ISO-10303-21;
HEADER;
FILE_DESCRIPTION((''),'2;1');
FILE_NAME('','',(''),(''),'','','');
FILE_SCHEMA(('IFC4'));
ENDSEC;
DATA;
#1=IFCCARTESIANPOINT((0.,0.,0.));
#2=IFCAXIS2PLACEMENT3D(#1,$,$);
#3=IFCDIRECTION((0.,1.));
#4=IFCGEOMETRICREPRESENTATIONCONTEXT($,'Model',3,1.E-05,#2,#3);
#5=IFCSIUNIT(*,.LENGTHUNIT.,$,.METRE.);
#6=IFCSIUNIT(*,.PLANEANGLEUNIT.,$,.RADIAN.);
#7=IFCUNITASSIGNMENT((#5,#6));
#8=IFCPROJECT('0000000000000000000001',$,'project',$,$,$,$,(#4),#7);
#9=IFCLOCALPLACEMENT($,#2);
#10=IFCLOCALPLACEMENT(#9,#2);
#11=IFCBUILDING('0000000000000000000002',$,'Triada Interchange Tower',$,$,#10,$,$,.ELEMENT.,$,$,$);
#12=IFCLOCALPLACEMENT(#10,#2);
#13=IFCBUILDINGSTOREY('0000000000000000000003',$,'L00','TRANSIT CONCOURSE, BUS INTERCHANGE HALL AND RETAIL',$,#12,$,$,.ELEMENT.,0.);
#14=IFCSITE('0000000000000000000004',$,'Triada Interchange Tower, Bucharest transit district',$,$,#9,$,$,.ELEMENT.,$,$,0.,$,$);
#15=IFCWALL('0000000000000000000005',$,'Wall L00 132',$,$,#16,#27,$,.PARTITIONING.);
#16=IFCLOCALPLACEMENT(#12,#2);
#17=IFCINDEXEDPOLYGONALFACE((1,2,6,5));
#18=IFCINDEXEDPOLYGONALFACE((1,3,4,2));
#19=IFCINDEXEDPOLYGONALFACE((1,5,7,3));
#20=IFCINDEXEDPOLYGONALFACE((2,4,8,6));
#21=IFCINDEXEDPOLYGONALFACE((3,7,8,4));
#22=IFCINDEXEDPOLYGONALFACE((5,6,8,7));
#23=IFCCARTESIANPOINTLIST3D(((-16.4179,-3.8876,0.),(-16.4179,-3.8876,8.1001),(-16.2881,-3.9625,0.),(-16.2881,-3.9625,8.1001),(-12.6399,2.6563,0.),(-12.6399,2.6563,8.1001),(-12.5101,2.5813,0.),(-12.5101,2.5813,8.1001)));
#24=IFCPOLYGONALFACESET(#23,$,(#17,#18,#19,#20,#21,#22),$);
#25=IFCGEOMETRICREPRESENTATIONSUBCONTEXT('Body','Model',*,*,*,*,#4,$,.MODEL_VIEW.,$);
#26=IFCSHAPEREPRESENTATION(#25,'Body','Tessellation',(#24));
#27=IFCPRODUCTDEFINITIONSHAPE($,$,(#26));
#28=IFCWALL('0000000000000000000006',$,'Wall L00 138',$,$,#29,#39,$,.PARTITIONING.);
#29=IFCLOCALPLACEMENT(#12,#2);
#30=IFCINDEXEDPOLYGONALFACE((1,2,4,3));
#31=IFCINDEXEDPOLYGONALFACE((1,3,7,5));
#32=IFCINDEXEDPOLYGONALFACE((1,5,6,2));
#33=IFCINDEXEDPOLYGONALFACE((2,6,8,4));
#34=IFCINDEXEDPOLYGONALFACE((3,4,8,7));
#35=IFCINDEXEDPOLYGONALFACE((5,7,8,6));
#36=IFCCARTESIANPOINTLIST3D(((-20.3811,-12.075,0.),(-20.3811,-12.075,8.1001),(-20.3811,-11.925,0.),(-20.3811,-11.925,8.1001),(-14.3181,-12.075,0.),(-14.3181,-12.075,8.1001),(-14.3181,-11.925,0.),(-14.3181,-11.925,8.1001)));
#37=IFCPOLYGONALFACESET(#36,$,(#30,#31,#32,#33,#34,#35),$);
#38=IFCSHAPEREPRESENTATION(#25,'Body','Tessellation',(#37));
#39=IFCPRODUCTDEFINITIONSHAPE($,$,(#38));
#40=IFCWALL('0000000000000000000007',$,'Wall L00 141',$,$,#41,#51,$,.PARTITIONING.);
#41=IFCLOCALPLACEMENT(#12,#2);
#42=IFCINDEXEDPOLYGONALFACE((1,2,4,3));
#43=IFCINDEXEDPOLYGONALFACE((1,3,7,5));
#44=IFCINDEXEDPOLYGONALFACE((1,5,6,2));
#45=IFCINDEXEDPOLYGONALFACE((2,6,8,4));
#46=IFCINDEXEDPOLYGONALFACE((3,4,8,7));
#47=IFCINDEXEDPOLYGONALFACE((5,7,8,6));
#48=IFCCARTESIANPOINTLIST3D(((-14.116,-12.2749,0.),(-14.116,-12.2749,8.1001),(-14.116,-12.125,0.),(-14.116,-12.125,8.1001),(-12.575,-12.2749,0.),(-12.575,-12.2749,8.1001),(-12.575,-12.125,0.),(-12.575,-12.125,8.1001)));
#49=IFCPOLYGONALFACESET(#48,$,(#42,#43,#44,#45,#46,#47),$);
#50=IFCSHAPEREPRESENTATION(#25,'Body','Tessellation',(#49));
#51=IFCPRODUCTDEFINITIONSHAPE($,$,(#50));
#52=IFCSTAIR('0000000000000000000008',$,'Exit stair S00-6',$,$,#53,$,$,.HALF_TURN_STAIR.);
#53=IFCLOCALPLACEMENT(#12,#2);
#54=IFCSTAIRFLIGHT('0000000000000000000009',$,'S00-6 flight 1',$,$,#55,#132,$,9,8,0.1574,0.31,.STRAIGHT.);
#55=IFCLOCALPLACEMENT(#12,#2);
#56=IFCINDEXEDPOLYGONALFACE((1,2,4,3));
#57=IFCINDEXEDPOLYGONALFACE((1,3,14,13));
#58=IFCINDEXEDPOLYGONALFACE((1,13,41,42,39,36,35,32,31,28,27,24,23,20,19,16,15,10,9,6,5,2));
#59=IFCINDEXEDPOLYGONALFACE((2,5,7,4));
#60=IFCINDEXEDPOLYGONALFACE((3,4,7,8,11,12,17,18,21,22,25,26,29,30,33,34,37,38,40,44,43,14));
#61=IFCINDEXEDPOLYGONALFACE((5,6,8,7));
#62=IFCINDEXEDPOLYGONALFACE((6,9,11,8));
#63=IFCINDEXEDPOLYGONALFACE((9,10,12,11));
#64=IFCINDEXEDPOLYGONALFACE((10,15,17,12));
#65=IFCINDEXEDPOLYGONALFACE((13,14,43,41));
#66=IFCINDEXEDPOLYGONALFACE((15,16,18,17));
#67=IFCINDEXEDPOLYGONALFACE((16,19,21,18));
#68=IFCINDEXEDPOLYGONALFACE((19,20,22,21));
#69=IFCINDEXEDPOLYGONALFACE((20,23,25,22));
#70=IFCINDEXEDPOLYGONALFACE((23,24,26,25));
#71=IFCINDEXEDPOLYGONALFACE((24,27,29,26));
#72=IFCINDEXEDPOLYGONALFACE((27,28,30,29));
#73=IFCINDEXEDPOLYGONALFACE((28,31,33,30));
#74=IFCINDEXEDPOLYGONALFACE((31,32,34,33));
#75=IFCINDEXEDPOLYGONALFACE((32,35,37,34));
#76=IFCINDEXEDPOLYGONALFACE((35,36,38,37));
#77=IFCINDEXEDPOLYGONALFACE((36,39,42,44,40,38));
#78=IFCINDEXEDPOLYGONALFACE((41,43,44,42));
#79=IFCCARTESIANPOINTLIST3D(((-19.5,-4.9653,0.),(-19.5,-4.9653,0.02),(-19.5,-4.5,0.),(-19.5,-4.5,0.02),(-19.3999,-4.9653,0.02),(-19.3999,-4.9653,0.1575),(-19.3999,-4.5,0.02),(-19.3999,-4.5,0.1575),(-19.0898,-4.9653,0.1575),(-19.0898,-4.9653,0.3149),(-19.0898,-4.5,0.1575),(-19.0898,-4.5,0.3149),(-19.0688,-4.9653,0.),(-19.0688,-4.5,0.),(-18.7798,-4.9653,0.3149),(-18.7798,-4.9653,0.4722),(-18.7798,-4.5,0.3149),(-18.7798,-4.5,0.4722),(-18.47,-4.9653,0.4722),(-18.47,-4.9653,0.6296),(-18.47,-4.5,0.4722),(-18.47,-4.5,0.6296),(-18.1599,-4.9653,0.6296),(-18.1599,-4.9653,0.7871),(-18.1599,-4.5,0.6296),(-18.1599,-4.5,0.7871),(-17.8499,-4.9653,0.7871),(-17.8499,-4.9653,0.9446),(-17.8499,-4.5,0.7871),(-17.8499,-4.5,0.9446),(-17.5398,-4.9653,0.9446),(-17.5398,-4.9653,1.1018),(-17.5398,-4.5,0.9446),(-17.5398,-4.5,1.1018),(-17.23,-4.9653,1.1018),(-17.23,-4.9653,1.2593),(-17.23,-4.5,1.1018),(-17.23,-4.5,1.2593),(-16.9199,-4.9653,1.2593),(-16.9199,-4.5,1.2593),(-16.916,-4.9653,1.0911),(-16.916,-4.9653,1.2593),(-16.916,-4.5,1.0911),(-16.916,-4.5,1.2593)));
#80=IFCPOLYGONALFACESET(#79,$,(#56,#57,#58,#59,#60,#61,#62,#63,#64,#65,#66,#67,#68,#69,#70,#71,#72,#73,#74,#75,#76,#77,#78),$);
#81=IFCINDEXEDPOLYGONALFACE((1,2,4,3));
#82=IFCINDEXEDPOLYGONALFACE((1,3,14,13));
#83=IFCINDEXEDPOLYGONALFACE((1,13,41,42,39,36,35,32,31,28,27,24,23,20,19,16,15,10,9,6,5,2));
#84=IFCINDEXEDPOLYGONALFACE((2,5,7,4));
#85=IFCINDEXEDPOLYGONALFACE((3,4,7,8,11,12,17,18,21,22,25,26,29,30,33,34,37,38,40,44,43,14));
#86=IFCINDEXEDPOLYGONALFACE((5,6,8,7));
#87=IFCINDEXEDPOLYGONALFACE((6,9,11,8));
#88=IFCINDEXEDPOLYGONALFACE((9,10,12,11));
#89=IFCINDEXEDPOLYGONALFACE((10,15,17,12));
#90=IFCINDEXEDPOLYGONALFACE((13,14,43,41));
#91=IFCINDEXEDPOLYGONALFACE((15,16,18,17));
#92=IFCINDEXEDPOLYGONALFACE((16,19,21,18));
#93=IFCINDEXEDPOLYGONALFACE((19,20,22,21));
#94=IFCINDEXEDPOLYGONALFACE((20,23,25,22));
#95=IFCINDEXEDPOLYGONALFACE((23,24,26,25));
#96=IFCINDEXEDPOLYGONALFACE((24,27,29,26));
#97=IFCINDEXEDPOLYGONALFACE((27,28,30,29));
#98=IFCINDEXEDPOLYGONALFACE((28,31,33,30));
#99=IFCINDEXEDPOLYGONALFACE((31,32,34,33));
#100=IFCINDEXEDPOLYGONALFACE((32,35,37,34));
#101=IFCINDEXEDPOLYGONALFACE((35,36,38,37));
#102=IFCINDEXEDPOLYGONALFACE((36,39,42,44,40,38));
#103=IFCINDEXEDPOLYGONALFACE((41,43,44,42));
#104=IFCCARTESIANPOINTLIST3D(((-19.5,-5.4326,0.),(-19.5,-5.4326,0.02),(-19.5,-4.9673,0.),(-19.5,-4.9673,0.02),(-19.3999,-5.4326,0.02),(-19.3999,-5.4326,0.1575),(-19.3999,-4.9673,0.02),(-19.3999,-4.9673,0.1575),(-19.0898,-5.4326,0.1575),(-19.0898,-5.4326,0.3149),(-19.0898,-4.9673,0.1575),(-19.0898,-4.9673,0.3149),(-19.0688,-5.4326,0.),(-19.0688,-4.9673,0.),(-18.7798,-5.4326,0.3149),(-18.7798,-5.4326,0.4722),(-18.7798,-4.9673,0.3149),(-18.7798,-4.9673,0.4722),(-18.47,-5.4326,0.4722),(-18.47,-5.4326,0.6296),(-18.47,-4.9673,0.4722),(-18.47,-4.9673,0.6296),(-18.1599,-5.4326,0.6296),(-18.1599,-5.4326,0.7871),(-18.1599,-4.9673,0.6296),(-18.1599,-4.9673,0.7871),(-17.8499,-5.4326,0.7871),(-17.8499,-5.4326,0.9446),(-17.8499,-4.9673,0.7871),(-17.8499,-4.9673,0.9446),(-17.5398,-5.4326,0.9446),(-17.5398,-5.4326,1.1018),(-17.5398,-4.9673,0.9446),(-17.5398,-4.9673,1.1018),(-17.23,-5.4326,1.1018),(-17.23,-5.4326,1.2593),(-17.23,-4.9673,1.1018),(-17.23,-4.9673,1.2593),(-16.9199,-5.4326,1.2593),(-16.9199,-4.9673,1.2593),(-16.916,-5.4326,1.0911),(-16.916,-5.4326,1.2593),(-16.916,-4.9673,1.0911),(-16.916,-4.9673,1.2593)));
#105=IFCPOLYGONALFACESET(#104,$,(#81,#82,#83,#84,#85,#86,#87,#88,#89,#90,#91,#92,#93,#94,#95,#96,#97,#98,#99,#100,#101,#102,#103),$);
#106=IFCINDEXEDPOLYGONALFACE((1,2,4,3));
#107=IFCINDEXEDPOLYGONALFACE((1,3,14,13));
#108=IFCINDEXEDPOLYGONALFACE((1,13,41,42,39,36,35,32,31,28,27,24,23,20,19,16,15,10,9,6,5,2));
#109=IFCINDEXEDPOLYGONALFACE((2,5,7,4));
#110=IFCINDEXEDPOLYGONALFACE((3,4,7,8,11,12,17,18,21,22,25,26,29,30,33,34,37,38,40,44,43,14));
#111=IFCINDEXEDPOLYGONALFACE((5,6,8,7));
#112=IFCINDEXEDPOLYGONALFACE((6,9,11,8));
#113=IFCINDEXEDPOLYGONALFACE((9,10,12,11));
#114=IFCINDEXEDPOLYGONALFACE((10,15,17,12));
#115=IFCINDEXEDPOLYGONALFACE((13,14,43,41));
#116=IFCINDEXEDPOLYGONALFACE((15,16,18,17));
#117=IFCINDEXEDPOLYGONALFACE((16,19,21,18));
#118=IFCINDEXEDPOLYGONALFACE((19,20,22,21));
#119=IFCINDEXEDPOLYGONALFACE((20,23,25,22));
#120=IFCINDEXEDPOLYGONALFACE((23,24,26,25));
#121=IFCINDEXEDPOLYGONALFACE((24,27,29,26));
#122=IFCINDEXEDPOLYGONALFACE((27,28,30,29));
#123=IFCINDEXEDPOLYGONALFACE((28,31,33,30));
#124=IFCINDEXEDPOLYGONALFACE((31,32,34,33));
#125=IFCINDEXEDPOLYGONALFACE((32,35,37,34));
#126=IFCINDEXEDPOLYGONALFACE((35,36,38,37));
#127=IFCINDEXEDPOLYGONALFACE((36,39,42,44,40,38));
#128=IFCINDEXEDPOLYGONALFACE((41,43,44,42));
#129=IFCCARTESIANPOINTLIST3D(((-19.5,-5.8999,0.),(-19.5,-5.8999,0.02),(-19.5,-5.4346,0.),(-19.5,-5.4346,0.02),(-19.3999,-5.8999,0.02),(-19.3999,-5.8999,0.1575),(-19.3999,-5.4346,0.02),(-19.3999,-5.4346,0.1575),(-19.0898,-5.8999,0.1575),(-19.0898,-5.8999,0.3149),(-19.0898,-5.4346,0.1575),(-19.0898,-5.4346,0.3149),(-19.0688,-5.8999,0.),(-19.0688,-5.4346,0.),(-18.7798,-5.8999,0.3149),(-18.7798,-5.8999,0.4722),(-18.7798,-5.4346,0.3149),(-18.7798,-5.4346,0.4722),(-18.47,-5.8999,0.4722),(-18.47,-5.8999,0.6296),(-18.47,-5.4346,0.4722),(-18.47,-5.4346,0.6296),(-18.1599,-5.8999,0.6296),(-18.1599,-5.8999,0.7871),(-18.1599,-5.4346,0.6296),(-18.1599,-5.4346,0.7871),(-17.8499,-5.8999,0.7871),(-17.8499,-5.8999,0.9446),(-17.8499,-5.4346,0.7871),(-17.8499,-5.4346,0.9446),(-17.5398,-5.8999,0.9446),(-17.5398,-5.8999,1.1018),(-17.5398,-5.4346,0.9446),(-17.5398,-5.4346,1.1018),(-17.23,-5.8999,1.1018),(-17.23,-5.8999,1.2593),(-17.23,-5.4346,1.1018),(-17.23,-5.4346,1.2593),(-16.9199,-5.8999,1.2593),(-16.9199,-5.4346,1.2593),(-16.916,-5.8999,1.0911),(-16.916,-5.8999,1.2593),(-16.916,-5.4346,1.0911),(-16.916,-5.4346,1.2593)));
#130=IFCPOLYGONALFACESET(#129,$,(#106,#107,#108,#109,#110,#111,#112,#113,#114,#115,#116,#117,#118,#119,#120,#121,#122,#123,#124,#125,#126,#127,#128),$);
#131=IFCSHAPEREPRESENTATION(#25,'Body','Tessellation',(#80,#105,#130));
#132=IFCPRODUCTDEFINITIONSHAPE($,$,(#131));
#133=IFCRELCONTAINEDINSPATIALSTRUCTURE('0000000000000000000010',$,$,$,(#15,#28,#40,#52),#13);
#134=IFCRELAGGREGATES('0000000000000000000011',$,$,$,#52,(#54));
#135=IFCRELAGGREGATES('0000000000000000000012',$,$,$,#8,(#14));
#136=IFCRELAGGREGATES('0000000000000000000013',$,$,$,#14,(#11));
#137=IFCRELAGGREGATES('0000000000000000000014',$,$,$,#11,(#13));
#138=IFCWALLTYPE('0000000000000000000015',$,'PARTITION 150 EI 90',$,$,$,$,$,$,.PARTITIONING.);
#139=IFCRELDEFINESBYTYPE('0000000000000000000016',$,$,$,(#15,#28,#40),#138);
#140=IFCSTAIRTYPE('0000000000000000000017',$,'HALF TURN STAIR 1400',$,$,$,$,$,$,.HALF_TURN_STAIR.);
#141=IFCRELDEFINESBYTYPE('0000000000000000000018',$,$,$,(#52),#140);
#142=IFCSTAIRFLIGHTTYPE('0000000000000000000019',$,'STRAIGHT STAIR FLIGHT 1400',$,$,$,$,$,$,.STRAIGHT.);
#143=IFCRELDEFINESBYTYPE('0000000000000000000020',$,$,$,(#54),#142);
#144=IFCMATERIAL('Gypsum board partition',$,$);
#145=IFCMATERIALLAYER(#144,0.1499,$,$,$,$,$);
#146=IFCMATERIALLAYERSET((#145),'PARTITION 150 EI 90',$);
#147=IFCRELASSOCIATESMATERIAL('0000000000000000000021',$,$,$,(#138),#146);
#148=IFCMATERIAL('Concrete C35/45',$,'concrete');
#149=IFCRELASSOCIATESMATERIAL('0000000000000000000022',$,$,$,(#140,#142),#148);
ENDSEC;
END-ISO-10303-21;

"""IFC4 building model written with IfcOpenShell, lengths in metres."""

from ifc_helpers import new_model, si_unit, direction, frame, frame_2d, origin, place, context, subcontext, project, spatial, polyline, rectangle, outline, extrude, material, layer, layer_set, type_object, element, aggregate, save


model = new_model("IFC4")

# Units and contexts
model_context = context("Model", 3, precision=1e-05, world=origin(), true_north=direction((0.0, 1.0)))
body_context = subcontext(model_context, "Body", "Model", "MODEL_VIEW")
ifc_project = project(units=[si_unit("LENGTHUNIT", "METRE"), si_unit("PLANEANGLEUNIT", "RADIAN")], contexts=[model_context])

# Site, building, storey
site_placement = place(None, origin())
site = spatial("IfcSite", under=ifc_project, at=site_placement, Name="Triada Interchange Tower, Bucharest transit district", CompositionType="ELEMENT", RefElevation=0.0)
building_placement = place(site_placement, origin())
building = spatial("IfcBuilding", under=site, at=building_placement, Name="Triada Interchange Tower", CompositionType="ELEMENT")
storey_placement = place(building_placement, origin())
storey = spatial("IfcBuildingStorey", under=building, at=storey_placement, Name="L00", Description="TRANSIT CONCOURSE, BUS INTERCHANGE HALL AND RETAIL", CompositionType="ELEMENT", Elevation=0.0)

# Shared definitions
ifc_material_1 = material(Name="Concrete C35/45", Category="concrete")

# Walls
ifc_material_2 = material(Name="Gypsum board partition")
ifc_layer_1 = layer(ifc_material_2, 0.1499)
ifc_layer_set_1 = layer_set([ifc_layer_1], Name="PARTITION 150 EI 90")
wall_type_1 = type_object("IfcWallType", Name="PARTITION 150 EI 90", PredefinedType="PARTITIONING", material=ifc_layer_set_1)
wall_1_placement = place(storey_placement, frame((-16.353, -3.925, 0.0), z_axis=(0.0, 0.0, 1.0), x_axis=(0.499993, 0.86603, 0.0)))
element("IfcWall", 1, at=wall_1_placement, inside=storey, type_object=wall_type_1, Name="Wall L00 132", PredefinedType="PARTITIONING", context=body_context, shape_type="SweptSolid", body=[
    extrude(rectangle(XDim=7.5562, YDim=0.1499, at=frame_2d((3.7781, 0.0))), origin(), (0.0, 0.0, 1.0), 8.1001),
])
wall_2_placement = place(storey_placement, frame((-20.3811, -12.0, 0.0), z_axis=(0.0, 0.0, 1.0), x_axis=(1.0, 0.0, 0.0)))
element("IfcWall", 2, at=wall_2_placement, inside=storey, type_object=wall_type_1, Name="Wall L00 138", PredefinedType="PARTITIONING", context=body_context, shape_type="SweptSolid", body=[
    extrude(rectangle(XDim=6.063, YDim=0.1499, at=frame_2d((3.0315, 0.0))), origin(), (0.0, 0.0, 1.0), 8.1001),
])
wall_3_placement = place(storey_placement, frame((-14.116, -12.2, 0.0), z_axis=(0.0, 0.0, 1.0), x_axis=(1.0, 0.0, 0.0)))
element("IfcWall", 3, at=wall_3_placement, inside=storey, type_object=wall_type_1, Name="Wall L00 141", PredefinedType="PARTITIONING", context=body_context, shape_type="SweptSolid", body=[
    extrude(rectangle(XDim=1.541, YDim=0.1499, at=frame_2d((0.7705, 0.0))), origin(), (0.0, 0.0, 1.0), 8.1001),
])

# Stair, stair flight
stair_type = type_object("IfcStairType", Name="HALF TURN STAIR 1400", PredefinedType="HALF_TURN_STAIR", material=ifc_material_1)
stair_placement = place(storey_placement, origin())
stair = element("IfcStair", 4, at=stair_placement, inside=storey, type_object=stair_type, Name="Exit stair S00-6", PredefinedType="HALF_TURN_STAIR")
stair_flight_type = type_object("IfcStairFlightType", Name="STRAIGHT STAIR FLIGHT 1400", PredefinedType="STRAIGHT", material=ifc_material_1)
stair_flight_1_placement = place(storey_placement, frame((-19.3999, -5.2, 0.0), z_axis=(0.0, 0.0, 1.0), x_axis=(1.0, 0.0, 0.0)))
stair_flight_1 = element("IfcStairFlight", 5, at=stair_flight_1_placement, type_object=stair_flight_type, Name="S00-6 flight 1", NumberOfRisers=9, NumberOfTreads=8, PredefinedType="STRAIGHT", RiserHeight=0.1574, TreadLength=0.31, context=body_context, shape_type="SweptSolid", body=[
    extrude(outline(polyline([(-0.1001, 0.0), (-0.1001, 0.02), (0.0, 0.02), (0.0, 0.1575), (0.3101, 0.1575), (0.3101, 0.3149), (0.6201, 0.3149), (0.6201, 0.4722), (0.9299, 0.4722), (0.9299, 0.6296), (1.24, 0.6296), (1.24, 0.7871), (1.55, 0.7871), (1.55, 0.9446), (1.8601, 0.9446), (1.8601, 1.1018), (2.1699, 1.1018), (2.1699, 1.2593), (2.48, 1.2593), (2.4839, 1.2593), (2.4839, 1.4167), (2.4839, 1.0911), (0.3311, 0.0), (-0.1001, 0.0)])), frame((0.0, 0.7, 0.0), z_axis=(0.0, -1.0, 0.0), x_axis=(1.0, 0.0, 0.0)), (0.0, 0.0, 1.0), 0.4653),
    extrude(outline(polyline([(-0.1001, 0.0), (-0.1001, 0.02), (0.0, 0.02), (0.0, 0.1575), (0.3101, 0.1575), (0.3101, 0.3149), (0.6201, 0.3149), (0.6201, 0.4722), (0.9299, 0.4722), (0.9299, 0.6296), (1.24, 0.6296), (1.24, 0.7871), (1.55, 0.7871), (1.55, 0.9446), (1.8601, 0.9446), (1.8601, 1.1018), (2.1699, 1.1018), (2.1699, 1.2593), (2.48, 1.2593), (2.4839, 1.2593), (2.4839, 1.4167), (2.4839, 1.0911), (0.3311, 0.0), (-0.1001, 0.0)])), frame((0.0, 0.2327, 0.0), z_axis=(0.0, -1.0, 0.0), x_axis=(1.0, 0.0, 0.0)), (0.0, 0.0, 1.0), 0.4653),
    extrude(outline(polyline([(-0.1001, 0.0), (-0.1001, 0.02), (0.0, 0.02), (0.0, 0.1575), (0.3101, 0.1575), (0.3101, 0.3149), (0.6201, 0.3149), (0.6201, 0.4722), (0.9299, 0.4722), (0.9299, 0.6296), (1.24, 0.6296), (1.24, 0.7871), (1.55, 0.7871), (1.55, 0.9446), (1.8601, 0.9446), (1.8601, 1.1018), (2.1699, 1.1018), (2.1699, 1.2593), (2.48, 1.2593), (2.4839, 1.2593), (2.4839, 1.4167), (2.4839, 1.0911), (0.3311, 0.0), (-0.1001, 0.0)])), frame((0.0, -0.2346, 0.0), z_axis=(0.0, -1.0, 0.0), x_axis=(1.0, 0.0, 0.0)), (0.0, 0.0, 1.0), 0.4653),
])
aggregate(stair, [stair_flight_1])

save(model, "model.ifc")
